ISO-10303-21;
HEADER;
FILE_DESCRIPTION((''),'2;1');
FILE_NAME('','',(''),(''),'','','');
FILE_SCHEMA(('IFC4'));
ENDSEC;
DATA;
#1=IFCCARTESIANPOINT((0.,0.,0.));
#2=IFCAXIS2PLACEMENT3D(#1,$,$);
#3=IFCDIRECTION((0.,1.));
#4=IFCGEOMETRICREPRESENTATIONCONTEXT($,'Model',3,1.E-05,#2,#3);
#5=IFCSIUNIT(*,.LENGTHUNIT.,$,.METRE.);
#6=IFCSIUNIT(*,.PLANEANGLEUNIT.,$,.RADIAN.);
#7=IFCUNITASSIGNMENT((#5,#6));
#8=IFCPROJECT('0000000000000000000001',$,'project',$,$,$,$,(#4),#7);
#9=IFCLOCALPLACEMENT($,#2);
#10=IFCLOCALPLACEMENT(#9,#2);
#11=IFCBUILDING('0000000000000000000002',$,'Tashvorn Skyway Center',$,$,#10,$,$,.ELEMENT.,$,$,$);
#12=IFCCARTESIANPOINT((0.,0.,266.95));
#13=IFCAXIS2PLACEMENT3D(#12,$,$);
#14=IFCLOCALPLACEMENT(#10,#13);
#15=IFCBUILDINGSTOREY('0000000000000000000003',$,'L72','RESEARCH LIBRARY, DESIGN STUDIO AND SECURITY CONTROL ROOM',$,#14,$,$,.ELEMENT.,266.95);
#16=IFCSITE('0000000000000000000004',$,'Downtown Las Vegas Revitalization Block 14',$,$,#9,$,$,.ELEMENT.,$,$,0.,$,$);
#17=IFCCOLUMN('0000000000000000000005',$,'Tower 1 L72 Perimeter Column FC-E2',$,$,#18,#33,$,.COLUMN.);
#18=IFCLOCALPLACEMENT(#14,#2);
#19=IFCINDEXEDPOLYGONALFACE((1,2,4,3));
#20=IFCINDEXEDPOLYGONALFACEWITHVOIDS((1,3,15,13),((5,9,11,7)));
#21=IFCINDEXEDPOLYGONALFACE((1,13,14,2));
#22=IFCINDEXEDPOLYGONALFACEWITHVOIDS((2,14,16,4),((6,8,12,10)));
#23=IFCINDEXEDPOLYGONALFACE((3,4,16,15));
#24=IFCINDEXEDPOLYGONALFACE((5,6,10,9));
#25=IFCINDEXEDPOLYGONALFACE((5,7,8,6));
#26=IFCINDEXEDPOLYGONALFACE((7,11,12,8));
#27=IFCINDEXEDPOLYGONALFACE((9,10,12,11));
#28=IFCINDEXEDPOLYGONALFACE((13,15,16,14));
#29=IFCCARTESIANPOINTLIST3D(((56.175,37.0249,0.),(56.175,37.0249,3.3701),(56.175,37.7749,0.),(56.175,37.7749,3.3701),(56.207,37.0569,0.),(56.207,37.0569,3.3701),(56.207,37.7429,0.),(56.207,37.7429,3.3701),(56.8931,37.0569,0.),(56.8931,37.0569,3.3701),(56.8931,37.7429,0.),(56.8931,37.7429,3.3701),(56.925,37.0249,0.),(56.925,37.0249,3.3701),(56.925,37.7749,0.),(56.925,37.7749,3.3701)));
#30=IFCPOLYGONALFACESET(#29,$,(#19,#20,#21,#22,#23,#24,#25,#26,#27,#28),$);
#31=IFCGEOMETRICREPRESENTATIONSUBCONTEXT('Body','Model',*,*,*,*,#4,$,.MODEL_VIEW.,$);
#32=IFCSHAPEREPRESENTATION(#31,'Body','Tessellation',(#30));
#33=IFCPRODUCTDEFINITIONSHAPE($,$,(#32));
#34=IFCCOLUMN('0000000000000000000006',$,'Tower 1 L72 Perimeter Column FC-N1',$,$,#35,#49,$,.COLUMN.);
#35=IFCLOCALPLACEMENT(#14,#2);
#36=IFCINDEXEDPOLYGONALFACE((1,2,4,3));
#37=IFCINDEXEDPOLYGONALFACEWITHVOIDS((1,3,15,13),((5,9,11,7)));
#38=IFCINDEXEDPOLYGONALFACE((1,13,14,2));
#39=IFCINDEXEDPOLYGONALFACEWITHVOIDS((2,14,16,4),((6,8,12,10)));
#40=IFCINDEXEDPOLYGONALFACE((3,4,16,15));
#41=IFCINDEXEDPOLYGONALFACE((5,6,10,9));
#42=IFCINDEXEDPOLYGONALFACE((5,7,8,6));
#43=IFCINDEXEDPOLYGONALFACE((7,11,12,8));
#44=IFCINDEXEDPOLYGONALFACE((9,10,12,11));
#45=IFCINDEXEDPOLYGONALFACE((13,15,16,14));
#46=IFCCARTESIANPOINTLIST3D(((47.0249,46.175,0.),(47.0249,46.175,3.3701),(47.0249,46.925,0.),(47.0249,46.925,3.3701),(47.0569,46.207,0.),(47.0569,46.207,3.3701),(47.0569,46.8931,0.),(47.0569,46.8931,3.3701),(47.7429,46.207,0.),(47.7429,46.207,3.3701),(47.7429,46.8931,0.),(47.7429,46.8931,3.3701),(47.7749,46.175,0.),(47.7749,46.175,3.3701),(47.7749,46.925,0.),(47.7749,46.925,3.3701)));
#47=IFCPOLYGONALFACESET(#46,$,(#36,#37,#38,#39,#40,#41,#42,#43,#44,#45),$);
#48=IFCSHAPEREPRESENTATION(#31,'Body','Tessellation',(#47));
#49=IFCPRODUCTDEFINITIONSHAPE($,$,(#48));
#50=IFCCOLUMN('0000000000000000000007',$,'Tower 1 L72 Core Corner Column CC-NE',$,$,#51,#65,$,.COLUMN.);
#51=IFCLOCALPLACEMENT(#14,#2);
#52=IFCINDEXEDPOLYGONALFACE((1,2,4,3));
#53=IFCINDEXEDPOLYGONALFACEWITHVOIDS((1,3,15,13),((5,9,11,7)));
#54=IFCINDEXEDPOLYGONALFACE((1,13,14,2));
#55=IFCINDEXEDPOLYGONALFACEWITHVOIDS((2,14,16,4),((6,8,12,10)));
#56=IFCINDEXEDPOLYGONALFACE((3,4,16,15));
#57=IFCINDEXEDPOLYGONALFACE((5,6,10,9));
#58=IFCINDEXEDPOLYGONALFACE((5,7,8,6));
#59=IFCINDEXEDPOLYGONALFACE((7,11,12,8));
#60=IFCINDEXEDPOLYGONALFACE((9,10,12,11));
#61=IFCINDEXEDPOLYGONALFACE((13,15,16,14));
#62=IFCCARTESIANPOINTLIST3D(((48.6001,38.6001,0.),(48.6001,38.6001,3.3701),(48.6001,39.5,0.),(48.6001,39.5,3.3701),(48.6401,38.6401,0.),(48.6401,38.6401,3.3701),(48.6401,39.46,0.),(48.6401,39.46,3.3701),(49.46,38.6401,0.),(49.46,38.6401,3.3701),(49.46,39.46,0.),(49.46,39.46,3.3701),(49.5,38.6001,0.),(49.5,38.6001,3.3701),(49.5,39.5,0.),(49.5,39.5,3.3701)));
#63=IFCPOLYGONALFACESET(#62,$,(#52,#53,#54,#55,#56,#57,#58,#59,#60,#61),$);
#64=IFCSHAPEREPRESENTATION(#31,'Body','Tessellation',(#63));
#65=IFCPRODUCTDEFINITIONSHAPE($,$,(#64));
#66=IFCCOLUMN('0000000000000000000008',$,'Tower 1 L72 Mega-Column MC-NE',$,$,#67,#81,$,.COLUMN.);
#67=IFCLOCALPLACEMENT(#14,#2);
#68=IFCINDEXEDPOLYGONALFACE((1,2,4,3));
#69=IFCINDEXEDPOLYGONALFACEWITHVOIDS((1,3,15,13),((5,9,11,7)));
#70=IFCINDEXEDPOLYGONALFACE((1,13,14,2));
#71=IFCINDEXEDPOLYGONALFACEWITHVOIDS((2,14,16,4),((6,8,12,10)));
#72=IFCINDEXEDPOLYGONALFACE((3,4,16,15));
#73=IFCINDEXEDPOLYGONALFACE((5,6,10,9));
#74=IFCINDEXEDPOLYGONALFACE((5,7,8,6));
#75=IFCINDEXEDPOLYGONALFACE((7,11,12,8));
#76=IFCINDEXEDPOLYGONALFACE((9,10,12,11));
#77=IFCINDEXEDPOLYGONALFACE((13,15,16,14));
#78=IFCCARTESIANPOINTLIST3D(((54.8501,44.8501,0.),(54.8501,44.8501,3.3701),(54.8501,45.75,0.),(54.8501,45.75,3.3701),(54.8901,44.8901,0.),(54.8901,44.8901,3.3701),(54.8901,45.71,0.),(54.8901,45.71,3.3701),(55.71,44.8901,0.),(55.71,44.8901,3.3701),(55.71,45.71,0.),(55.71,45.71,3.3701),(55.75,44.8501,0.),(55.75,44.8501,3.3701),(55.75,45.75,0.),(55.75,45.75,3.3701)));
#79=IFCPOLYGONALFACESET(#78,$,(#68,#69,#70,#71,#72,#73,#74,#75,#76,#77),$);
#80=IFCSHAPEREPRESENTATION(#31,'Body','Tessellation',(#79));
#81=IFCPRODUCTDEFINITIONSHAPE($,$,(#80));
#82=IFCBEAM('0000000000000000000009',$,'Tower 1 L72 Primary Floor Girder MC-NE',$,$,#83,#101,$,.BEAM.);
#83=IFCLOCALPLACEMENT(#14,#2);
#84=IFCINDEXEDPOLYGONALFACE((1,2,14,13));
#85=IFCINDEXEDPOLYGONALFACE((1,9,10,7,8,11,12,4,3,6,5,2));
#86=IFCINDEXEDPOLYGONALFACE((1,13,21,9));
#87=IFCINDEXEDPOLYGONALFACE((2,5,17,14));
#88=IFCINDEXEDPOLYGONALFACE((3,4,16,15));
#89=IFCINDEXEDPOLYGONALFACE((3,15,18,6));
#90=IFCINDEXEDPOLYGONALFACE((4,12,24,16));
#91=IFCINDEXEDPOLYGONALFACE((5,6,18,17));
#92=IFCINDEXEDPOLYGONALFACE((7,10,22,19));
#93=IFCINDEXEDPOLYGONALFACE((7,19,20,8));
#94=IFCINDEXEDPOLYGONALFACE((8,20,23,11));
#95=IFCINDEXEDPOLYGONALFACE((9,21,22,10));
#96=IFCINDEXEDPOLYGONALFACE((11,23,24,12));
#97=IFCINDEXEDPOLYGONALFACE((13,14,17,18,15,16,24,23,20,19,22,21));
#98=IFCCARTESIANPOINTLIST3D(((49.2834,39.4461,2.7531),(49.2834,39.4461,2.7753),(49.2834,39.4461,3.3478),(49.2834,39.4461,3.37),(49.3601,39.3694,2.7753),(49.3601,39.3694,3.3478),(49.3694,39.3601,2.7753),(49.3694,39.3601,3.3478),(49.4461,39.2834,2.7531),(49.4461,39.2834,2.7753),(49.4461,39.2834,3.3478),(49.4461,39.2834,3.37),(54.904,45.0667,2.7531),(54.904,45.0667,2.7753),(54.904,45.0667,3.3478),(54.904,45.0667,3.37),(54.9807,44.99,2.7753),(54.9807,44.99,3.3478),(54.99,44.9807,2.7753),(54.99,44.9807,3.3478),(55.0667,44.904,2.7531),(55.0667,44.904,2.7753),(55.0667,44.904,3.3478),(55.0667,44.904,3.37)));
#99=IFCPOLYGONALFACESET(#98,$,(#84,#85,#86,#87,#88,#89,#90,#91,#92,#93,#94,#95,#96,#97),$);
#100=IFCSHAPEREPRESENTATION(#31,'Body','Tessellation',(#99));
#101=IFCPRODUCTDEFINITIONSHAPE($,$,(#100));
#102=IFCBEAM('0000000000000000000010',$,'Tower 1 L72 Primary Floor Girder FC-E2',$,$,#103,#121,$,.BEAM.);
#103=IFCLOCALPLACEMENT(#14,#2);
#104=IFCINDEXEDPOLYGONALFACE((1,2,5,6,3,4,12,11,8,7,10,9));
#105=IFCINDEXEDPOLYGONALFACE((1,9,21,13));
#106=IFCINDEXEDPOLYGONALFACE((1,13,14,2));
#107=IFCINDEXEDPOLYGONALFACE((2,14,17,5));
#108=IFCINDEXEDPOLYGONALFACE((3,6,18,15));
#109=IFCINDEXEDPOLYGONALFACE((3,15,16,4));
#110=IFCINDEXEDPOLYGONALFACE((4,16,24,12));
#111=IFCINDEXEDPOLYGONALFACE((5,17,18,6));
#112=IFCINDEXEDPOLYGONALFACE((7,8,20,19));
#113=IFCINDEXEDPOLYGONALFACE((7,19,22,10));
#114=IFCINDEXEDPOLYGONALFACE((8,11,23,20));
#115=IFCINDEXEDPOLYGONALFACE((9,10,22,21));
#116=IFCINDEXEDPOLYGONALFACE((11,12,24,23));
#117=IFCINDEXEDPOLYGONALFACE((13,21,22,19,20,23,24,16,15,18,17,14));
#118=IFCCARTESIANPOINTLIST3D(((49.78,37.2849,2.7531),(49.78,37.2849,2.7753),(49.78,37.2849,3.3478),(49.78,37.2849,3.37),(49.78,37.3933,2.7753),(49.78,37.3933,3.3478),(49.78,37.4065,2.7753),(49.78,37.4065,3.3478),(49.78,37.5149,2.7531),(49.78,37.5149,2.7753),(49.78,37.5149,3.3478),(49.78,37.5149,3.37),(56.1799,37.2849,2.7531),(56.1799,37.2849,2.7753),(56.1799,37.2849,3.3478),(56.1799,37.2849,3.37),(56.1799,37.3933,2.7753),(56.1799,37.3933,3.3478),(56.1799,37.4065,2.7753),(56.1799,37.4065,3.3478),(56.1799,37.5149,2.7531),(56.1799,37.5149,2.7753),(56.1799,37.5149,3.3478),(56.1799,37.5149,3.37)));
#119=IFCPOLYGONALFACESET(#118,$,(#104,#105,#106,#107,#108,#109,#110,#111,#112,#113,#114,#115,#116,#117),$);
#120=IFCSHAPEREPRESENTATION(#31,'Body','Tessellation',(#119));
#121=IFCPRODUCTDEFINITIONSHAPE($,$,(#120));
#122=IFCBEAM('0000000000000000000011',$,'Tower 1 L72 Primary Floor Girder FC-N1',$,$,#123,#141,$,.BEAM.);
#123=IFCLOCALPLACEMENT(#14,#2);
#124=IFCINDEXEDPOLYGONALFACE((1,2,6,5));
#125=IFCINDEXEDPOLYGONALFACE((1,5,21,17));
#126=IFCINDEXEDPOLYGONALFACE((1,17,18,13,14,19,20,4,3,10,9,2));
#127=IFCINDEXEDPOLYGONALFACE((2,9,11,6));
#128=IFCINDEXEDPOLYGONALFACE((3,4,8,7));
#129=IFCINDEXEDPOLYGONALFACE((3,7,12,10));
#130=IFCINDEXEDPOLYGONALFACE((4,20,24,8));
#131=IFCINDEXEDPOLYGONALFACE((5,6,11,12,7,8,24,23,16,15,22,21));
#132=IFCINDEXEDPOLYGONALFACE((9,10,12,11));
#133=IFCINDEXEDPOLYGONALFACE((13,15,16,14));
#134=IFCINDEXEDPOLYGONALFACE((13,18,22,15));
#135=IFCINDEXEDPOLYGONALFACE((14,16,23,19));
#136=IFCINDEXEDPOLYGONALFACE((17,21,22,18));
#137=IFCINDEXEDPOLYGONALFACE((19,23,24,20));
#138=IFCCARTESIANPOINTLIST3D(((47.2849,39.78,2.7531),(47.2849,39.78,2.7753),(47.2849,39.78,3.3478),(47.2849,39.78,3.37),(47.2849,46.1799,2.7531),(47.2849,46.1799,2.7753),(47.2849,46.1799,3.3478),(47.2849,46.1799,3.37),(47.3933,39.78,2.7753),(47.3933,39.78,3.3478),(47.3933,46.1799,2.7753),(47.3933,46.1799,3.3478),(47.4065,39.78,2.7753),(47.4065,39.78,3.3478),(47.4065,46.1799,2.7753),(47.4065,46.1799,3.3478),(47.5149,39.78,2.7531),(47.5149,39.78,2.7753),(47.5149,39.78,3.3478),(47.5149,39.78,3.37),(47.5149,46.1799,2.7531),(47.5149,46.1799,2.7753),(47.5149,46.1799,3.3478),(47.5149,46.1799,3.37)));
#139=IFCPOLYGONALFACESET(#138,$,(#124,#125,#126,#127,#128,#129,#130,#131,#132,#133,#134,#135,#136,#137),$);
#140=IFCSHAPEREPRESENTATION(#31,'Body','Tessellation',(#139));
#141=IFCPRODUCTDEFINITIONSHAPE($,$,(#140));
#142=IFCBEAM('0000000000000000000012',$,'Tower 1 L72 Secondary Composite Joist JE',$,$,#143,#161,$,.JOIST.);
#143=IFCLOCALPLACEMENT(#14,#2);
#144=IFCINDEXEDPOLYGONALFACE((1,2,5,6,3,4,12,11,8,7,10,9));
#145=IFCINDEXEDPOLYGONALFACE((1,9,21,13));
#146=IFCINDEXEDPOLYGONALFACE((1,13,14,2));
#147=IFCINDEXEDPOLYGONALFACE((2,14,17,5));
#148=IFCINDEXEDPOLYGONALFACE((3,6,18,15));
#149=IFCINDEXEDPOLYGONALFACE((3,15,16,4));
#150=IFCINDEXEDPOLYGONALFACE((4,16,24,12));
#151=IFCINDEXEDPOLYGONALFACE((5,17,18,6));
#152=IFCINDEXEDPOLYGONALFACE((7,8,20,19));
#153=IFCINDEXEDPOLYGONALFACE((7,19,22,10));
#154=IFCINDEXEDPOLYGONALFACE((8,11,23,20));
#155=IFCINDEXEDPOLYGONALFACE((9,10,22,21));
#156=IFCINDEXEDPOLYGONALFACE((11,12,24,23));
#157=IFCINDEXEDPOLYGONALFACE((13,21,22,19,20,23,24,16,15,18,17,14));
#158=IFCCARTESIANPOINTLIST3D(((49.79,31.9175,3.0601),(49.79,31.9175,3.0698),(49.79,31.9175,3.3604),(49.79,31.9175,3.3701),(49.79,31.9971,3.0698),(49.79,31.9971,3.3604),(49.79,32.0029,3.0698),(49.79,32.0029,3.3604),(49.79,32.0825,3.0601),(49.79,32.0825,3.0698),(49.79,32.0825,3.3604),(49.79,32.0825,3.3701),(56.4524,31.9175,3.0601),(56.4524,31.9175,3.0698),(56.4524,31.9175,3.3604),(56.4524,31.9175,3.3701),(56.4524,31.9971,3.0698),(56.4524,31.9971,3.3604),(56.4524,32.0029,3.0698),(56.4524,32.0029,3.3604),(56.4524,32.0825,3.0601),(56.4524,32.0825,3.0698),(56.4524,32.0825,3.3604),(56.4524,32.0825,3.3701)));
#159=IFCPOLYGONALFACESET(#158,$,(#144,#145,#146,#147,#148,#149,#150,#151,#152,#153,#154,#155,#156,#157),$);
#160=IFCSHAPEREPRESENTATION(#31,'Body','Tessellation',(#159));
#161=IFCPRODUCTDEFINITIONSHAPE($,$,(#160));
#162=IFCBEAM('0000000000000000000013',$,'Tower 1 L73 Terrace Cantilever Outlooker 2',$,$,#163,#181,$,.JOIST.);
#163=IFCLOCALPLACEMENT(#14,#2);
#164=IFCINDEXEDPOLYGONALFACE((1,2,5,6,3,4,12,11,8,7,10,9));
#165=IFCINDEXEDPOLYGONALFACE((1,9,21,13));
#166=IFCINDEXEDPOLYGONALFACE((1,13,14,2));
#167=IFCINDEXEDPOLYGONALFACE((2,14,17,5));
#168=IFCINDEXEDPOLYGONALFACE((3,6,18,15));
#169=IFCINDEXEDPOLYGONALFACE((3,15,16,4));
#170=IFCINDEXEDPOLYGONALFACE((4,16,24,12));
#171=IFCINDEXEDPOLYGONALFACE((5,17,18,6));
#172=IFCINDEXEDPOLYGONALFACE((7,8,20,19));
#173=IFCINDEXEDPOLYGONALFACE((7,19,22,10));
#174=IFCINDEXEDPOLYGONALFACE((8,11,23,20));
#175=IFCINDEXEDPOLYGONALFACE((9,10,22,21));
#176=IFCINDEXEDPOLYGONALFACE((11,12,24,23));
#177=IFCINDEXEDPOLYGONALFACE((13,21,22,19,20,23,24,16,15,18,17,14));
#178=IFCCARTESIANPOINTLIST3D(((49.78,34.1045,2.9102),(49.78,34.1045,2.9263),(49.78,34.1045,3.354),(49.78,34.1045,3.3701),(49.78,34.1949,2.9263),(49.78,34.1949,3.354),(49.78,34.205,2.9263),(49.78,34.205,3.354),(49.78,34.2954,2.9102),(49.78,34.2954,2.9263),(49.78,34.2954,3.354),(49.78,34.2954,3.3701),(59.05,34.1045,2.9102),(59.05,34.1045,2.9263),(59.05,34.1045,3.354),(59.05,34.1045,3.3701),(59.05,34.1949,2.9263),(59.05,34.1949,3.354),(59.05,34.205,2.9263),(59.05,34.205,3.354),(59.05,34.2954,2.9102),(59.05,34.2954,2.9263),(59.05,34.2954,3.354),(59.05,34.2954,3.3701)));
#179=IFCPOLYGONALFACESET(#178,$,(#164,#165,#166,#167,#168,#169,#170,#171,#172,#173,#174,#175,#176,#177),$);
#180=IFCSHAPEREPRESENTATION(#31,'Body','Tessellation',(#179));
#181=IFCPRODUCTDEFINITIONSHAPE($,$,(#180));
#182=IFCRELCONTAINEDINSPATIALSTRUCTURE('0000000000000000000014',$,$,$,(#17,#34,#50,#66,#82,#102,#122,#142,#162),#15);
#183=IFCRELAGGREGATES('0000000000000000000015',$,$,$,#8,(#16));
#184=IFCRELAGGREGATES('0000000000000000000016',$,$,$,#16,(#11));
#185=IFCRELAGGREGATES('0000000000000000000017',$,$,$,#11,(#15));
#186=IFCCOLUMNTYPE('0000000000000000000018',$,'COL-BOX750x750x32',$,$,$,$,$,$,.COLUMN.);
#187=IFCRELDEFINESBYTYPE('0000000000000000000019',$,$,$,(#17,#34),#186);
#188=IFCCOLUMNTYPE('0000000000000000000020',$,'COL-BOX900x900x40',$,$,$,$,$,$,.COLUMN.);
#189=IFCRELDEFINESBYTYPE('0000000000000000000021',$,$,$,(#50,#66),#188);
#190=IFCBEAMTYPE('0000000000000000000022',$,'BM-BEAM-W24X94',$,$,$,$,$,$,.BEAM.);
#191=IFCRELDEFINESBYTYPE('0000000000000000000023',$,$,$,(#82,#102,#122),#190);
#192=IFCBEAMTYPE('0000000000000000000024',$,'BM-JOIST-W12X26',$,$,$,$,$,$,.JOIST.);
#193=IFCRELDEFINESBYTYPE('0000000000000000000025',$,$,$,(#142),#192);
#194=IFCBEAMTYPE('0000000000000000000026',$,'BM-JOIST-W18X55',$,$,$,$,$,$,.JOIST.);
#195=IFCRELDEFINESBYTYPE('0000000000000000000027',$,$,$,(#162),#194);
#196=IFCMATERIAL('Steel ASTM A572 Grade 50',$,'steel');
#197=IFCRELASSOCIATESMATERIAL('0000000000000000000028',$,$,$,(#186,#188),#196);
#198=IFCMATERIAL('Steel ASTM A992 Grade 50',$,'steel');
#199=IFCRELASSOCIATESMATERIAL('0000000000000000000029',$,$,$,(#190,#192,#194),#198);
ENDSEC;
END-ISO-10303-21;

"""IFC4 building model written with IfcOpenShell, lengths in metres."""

from ifc_helpers import new_model, si_unit, direction, frame, origin, origin_2d, place, context, subcontext, project, spatial, hollow_rectangle, i_section, extrude, material, material_profile, profile_set, type_object, element, save


model = new_model("IFC4")

# Units and contexts
model_context = context("Model", 3, precision=1e-05, world=origin(), true_north=direction((0.0, 1.0)))
body_context = subcontext(model_context, "Body", "Model", "MODEL_VIEW")
ifc_project = project(units=[si_unit("LENGTHUNIT", "METRE"), si_unit("PLANEANGLEUNIT", "RADIAN")], contexts=[model_context])

# Site, building, storey
site_placement = place(None, origin())
site = spatial("IfcSite", under=ifc_project, at=site_placement, Name="Downtown Las Vegas Revitalization Block 14", CompositionType="ELEMENT", RefElevation=0.0)
building_placement = place(site_placement, origin())
building = spatial("IfcBuilding", under=site, at=building_placement, Name="Tashvorn Skyway Center", CompositionType="ELEMENT")
storey_placement = place(building_placement, frame((0.0, 0.0, 266.95)))
storey = spatial("IfcBuildingStorey", under=building, at=storey_placement, Name="L72", Description="RESEARCH LIBRARY, DESIGN STUDIO AND SECURITY CONTROL ROOM", CompositionType="ELEMENT", Elevation=266.95)

# Columns
ifc_material_1 = material(Name="Steel ASTM A572 Grade 50", Category="steel")
ifc_material_profile_1 = material_profile(ifc_material_1, hollow_rectangle(XDim=0.75, YDim=0.75, WallThickness=0.032, at=origin_2d()), Name="BOX750x750x32")
ifc_profile_set_1 = profile_set([ifc_material_profile_1], Name="Steel ASTM A572 Grade 50")
column_type_1 = type_object("IfcColumnType", Name="COL-BOX750x750x32", PredefinedType="COLUMN", material=ifc_profile_set_1)
for number, where, z_axis, x_axis, name in (
    (1, (56.55, 37.3999, 0.0), (0.0, 0.0, 1.0), (1.0, 0.0, 0.0), "Tower 1 L72 Perimeter Column FC-E2"),
    (2, (47.3999, 46.55, 0.0), (0.0, 0.0, 1.0), (1.0, 0.0, 0.0), "Tower 1 L72 Perimeter Column FC-N1"),
):
    element("IfcColumn", number, at=place(storey_placement, frame(where, z_axis=z_axis, x_axis=x_axis)), inside=storey, type_object=column_type_1, Name=name, PredefinedType="COLUMN", context=body_context, shape_type="SweptSolid", body=[
        extrude(hollow_rectangle(XDim=0.75, YDim=0.75, WallThickness=0.032, at=origin_2d()), origin(), (0.0, 0.0, 1.0), 3.3701),
    ])
ifc_material_profile_2 = material_profile(ifc_material_1, hollow_rectangle(XDim=0.8999, YDim=0.8999, WallThickness=0.04, at=origin_2d()), Name="BOX900x900x40")
ifc_profile_set_2 = profile_set([ifc_material_profile_2], Name="Steel ASTM A572 Grade 50")
column_type_2 = type_object("IfcColumnType", Name="COL-BOX900x900x40", PredefinedType="COLUMN", material=ifc_profile_set_2)
for number, where, z_axis, x_axis, name in (
    (3, (49.05, 39.05, 0.0), (0.0, 0.0, 1.0), (1.0, 0.0, 0.0), "Tower 1 L72 Core Corner Column CC-NE"),
    (4, (55.3, 45.3, 0.0), (0.0, 0.0, 1.0), (1.0, 0.0, 0.0), "Tower 1 L72 Mega-Column MC-NE"),
):
    element("IfcColumn", number, at=place(storey_placement, frame(where, z_axis=z_axis, x_axis=x_axis)), inside=storey, type_object=column_type_2, Name=name, PredefinedType="COLUMN", context=body_context, shape_type="SweptSolid", body=[
        extrude(hollow_rectangle(XDim=0.8999, YDim=0.8999, WallThickness=0.04, at=origin_2d()), origin(), (0.0, 0.0, 1.0), 3.3701),
    ])

# Beams
ifc_material_2 = material(Name="Steel ASTM A992 Grade 50", Category="steel")
ifc_material_profile_3 = material_profile(ifc_material_2, i_section(OverallWidth=0.23, OverallDepth=0.6169, WebThickness=0.0132, FlangeThickness=0.0222, at=origin_2d()), Name="W24X94")
ifc_profile_set_3 = profile_set([ifc_material_profile_3], Name="Steel ASTM A992 Grade 50")
beam_type_1 = type_object("IfcBeamType", Name="BM-BEAM-W24X94", PredefinedType="BEAM", material=ifc_profile_set_3)
beam_1_placement = place(storey_placement, frame((54.9854, 44.9854, 3.0615), z_axis=(-0.707107, -0.707107, 0.0), x_axis=(0.707107, -0.707107, 0.0)))
element("IfcBeam", 5, at=beam_1_placement, inside=storey, type_object=beam_type_1, Name="Tower 1 L72 Primary Floor Girder MC-NE", PredefinedType="BEAM", context=body_context, shape_type="SweptSolid", body=[
    extrude(i_section(OverallWidth=0.23, OverallDepth=0.6169, WebThickness=0.0132, FlangeThickness=0.0222, at=origin_2d()), origin(), (0.0, 0.0, 1.0), 7.9487),
])
for number, where, z_axis, x_axis, name in (
    (6, (56.1799, 37.3999, 3.0615), (-1.0, 0.0, 0.0), (0.0, -1.0, 0.0), "Tower 1 L72 Primary Floor Girder FC-E2"),
    (7, (47.3999, 46.1799, 3.0615), (0.0, -1.0, 0.0), (1.0, 0.0, 0.0), "Tower 1 L72 Primary Floor Girder FC-N1"),
):
    element("IfcBeam", number, at=place(storey_placement, frame(where, z_axis=z_axis, x_axis=x_axis)), inside=storey, type_object=beam_type_1, Name=name, PredefinedType="BEAM", context=body_context, shape_type="SweptSolid", body=[
        extrude(i_section(OverallWidth=0.23, OverallDepth=0.6169, WebThickness=0.0132, FlangeThickness=0.0222, at=origin_2d()), origin(), (0.0, 0.0, 1.0), 6.3999),
    ])
ifc_material_profile_4 = material_profile(ifc_material_2, i_section(OverallWidth=0.165, OverallDepth=0.3101, WebThickness=0.0059, FlangeThickness=0.0098, at=origin_2d()), Name="W12X26")
ifc_profile_set_4 = profile_set([ifc_material_profile_4], Name="Steel ASTM A992 Grade 50")
beam_type_2 = type_object("IfcBeamType", Name="BM-JOIST-W12X26", PredefinedType="JOIST", material=ifc_profile_set_4)
beam_2_placement = place(storey_placement, frame((49.79, 32.0, 3.2151), z_axis=(1.0, 0.0, 0.0), x_axis=(0.0, 1.0, 0.0)))
element("IfcBeam", 8, at=beam_2_placement, inside=storey, type_object=beam_type_2, Name="Tower 1 L72 Secondary Composite Joist JE", PredefinedType="JOIST", context=body_context, shape_type="SweptSolid", body=[
    extrude(i_section(OverallWidth=0.165, OverallDepth=0.3101, WebThickness=0.0059, FlangeThickness=0.0098, at=origin_2d()), origin(), (0.0, 0.0, 1.0), 6.6624),
])
ifc_material_profile_5 = material_profile(ifc_material_2, i_section(OverallWidth=0.1909, OverallDepth=0.46, WebThickness=0.01, FlangeThickness=0.0161, at=origin_2d()), Name="W18X55")
ifc_profile_set_5 = profile_set([ifc_material_profile_5], Name="Steel ASTM A992 Grade 50")
beam_type_3 = type_object("IfcBeamType", Name="BM-JOIST-W18X55", PredefinedType="JOIST", material=ifc_profile_set_5)
beam_3_placement = place(storey_placement, frame((49.78, 34.2, 3.1401), z_axis=(1.0, 0.0, 0.0), x_axis=(0.0, 1.0, 0.0)))
element("IfcBeam", 9, at=beam_3_placement, inside=storey, type_object=beam_type_3, Name="Tower 1 L73 Terrace Cantilever Outlooker 2", PredefinedType="JOIST", context=body_context, shape_type="SweptSolid", body=[
    extrude(i_section(OverallWidth=0.1909, OverallDepth=0.46, WebThickness=0.01, FlangeThickness=0.0161, at=origin_2d()), origin(), (0.0, 0.0, 1.0), 9.27),
])

save(model, "model.ifc")
